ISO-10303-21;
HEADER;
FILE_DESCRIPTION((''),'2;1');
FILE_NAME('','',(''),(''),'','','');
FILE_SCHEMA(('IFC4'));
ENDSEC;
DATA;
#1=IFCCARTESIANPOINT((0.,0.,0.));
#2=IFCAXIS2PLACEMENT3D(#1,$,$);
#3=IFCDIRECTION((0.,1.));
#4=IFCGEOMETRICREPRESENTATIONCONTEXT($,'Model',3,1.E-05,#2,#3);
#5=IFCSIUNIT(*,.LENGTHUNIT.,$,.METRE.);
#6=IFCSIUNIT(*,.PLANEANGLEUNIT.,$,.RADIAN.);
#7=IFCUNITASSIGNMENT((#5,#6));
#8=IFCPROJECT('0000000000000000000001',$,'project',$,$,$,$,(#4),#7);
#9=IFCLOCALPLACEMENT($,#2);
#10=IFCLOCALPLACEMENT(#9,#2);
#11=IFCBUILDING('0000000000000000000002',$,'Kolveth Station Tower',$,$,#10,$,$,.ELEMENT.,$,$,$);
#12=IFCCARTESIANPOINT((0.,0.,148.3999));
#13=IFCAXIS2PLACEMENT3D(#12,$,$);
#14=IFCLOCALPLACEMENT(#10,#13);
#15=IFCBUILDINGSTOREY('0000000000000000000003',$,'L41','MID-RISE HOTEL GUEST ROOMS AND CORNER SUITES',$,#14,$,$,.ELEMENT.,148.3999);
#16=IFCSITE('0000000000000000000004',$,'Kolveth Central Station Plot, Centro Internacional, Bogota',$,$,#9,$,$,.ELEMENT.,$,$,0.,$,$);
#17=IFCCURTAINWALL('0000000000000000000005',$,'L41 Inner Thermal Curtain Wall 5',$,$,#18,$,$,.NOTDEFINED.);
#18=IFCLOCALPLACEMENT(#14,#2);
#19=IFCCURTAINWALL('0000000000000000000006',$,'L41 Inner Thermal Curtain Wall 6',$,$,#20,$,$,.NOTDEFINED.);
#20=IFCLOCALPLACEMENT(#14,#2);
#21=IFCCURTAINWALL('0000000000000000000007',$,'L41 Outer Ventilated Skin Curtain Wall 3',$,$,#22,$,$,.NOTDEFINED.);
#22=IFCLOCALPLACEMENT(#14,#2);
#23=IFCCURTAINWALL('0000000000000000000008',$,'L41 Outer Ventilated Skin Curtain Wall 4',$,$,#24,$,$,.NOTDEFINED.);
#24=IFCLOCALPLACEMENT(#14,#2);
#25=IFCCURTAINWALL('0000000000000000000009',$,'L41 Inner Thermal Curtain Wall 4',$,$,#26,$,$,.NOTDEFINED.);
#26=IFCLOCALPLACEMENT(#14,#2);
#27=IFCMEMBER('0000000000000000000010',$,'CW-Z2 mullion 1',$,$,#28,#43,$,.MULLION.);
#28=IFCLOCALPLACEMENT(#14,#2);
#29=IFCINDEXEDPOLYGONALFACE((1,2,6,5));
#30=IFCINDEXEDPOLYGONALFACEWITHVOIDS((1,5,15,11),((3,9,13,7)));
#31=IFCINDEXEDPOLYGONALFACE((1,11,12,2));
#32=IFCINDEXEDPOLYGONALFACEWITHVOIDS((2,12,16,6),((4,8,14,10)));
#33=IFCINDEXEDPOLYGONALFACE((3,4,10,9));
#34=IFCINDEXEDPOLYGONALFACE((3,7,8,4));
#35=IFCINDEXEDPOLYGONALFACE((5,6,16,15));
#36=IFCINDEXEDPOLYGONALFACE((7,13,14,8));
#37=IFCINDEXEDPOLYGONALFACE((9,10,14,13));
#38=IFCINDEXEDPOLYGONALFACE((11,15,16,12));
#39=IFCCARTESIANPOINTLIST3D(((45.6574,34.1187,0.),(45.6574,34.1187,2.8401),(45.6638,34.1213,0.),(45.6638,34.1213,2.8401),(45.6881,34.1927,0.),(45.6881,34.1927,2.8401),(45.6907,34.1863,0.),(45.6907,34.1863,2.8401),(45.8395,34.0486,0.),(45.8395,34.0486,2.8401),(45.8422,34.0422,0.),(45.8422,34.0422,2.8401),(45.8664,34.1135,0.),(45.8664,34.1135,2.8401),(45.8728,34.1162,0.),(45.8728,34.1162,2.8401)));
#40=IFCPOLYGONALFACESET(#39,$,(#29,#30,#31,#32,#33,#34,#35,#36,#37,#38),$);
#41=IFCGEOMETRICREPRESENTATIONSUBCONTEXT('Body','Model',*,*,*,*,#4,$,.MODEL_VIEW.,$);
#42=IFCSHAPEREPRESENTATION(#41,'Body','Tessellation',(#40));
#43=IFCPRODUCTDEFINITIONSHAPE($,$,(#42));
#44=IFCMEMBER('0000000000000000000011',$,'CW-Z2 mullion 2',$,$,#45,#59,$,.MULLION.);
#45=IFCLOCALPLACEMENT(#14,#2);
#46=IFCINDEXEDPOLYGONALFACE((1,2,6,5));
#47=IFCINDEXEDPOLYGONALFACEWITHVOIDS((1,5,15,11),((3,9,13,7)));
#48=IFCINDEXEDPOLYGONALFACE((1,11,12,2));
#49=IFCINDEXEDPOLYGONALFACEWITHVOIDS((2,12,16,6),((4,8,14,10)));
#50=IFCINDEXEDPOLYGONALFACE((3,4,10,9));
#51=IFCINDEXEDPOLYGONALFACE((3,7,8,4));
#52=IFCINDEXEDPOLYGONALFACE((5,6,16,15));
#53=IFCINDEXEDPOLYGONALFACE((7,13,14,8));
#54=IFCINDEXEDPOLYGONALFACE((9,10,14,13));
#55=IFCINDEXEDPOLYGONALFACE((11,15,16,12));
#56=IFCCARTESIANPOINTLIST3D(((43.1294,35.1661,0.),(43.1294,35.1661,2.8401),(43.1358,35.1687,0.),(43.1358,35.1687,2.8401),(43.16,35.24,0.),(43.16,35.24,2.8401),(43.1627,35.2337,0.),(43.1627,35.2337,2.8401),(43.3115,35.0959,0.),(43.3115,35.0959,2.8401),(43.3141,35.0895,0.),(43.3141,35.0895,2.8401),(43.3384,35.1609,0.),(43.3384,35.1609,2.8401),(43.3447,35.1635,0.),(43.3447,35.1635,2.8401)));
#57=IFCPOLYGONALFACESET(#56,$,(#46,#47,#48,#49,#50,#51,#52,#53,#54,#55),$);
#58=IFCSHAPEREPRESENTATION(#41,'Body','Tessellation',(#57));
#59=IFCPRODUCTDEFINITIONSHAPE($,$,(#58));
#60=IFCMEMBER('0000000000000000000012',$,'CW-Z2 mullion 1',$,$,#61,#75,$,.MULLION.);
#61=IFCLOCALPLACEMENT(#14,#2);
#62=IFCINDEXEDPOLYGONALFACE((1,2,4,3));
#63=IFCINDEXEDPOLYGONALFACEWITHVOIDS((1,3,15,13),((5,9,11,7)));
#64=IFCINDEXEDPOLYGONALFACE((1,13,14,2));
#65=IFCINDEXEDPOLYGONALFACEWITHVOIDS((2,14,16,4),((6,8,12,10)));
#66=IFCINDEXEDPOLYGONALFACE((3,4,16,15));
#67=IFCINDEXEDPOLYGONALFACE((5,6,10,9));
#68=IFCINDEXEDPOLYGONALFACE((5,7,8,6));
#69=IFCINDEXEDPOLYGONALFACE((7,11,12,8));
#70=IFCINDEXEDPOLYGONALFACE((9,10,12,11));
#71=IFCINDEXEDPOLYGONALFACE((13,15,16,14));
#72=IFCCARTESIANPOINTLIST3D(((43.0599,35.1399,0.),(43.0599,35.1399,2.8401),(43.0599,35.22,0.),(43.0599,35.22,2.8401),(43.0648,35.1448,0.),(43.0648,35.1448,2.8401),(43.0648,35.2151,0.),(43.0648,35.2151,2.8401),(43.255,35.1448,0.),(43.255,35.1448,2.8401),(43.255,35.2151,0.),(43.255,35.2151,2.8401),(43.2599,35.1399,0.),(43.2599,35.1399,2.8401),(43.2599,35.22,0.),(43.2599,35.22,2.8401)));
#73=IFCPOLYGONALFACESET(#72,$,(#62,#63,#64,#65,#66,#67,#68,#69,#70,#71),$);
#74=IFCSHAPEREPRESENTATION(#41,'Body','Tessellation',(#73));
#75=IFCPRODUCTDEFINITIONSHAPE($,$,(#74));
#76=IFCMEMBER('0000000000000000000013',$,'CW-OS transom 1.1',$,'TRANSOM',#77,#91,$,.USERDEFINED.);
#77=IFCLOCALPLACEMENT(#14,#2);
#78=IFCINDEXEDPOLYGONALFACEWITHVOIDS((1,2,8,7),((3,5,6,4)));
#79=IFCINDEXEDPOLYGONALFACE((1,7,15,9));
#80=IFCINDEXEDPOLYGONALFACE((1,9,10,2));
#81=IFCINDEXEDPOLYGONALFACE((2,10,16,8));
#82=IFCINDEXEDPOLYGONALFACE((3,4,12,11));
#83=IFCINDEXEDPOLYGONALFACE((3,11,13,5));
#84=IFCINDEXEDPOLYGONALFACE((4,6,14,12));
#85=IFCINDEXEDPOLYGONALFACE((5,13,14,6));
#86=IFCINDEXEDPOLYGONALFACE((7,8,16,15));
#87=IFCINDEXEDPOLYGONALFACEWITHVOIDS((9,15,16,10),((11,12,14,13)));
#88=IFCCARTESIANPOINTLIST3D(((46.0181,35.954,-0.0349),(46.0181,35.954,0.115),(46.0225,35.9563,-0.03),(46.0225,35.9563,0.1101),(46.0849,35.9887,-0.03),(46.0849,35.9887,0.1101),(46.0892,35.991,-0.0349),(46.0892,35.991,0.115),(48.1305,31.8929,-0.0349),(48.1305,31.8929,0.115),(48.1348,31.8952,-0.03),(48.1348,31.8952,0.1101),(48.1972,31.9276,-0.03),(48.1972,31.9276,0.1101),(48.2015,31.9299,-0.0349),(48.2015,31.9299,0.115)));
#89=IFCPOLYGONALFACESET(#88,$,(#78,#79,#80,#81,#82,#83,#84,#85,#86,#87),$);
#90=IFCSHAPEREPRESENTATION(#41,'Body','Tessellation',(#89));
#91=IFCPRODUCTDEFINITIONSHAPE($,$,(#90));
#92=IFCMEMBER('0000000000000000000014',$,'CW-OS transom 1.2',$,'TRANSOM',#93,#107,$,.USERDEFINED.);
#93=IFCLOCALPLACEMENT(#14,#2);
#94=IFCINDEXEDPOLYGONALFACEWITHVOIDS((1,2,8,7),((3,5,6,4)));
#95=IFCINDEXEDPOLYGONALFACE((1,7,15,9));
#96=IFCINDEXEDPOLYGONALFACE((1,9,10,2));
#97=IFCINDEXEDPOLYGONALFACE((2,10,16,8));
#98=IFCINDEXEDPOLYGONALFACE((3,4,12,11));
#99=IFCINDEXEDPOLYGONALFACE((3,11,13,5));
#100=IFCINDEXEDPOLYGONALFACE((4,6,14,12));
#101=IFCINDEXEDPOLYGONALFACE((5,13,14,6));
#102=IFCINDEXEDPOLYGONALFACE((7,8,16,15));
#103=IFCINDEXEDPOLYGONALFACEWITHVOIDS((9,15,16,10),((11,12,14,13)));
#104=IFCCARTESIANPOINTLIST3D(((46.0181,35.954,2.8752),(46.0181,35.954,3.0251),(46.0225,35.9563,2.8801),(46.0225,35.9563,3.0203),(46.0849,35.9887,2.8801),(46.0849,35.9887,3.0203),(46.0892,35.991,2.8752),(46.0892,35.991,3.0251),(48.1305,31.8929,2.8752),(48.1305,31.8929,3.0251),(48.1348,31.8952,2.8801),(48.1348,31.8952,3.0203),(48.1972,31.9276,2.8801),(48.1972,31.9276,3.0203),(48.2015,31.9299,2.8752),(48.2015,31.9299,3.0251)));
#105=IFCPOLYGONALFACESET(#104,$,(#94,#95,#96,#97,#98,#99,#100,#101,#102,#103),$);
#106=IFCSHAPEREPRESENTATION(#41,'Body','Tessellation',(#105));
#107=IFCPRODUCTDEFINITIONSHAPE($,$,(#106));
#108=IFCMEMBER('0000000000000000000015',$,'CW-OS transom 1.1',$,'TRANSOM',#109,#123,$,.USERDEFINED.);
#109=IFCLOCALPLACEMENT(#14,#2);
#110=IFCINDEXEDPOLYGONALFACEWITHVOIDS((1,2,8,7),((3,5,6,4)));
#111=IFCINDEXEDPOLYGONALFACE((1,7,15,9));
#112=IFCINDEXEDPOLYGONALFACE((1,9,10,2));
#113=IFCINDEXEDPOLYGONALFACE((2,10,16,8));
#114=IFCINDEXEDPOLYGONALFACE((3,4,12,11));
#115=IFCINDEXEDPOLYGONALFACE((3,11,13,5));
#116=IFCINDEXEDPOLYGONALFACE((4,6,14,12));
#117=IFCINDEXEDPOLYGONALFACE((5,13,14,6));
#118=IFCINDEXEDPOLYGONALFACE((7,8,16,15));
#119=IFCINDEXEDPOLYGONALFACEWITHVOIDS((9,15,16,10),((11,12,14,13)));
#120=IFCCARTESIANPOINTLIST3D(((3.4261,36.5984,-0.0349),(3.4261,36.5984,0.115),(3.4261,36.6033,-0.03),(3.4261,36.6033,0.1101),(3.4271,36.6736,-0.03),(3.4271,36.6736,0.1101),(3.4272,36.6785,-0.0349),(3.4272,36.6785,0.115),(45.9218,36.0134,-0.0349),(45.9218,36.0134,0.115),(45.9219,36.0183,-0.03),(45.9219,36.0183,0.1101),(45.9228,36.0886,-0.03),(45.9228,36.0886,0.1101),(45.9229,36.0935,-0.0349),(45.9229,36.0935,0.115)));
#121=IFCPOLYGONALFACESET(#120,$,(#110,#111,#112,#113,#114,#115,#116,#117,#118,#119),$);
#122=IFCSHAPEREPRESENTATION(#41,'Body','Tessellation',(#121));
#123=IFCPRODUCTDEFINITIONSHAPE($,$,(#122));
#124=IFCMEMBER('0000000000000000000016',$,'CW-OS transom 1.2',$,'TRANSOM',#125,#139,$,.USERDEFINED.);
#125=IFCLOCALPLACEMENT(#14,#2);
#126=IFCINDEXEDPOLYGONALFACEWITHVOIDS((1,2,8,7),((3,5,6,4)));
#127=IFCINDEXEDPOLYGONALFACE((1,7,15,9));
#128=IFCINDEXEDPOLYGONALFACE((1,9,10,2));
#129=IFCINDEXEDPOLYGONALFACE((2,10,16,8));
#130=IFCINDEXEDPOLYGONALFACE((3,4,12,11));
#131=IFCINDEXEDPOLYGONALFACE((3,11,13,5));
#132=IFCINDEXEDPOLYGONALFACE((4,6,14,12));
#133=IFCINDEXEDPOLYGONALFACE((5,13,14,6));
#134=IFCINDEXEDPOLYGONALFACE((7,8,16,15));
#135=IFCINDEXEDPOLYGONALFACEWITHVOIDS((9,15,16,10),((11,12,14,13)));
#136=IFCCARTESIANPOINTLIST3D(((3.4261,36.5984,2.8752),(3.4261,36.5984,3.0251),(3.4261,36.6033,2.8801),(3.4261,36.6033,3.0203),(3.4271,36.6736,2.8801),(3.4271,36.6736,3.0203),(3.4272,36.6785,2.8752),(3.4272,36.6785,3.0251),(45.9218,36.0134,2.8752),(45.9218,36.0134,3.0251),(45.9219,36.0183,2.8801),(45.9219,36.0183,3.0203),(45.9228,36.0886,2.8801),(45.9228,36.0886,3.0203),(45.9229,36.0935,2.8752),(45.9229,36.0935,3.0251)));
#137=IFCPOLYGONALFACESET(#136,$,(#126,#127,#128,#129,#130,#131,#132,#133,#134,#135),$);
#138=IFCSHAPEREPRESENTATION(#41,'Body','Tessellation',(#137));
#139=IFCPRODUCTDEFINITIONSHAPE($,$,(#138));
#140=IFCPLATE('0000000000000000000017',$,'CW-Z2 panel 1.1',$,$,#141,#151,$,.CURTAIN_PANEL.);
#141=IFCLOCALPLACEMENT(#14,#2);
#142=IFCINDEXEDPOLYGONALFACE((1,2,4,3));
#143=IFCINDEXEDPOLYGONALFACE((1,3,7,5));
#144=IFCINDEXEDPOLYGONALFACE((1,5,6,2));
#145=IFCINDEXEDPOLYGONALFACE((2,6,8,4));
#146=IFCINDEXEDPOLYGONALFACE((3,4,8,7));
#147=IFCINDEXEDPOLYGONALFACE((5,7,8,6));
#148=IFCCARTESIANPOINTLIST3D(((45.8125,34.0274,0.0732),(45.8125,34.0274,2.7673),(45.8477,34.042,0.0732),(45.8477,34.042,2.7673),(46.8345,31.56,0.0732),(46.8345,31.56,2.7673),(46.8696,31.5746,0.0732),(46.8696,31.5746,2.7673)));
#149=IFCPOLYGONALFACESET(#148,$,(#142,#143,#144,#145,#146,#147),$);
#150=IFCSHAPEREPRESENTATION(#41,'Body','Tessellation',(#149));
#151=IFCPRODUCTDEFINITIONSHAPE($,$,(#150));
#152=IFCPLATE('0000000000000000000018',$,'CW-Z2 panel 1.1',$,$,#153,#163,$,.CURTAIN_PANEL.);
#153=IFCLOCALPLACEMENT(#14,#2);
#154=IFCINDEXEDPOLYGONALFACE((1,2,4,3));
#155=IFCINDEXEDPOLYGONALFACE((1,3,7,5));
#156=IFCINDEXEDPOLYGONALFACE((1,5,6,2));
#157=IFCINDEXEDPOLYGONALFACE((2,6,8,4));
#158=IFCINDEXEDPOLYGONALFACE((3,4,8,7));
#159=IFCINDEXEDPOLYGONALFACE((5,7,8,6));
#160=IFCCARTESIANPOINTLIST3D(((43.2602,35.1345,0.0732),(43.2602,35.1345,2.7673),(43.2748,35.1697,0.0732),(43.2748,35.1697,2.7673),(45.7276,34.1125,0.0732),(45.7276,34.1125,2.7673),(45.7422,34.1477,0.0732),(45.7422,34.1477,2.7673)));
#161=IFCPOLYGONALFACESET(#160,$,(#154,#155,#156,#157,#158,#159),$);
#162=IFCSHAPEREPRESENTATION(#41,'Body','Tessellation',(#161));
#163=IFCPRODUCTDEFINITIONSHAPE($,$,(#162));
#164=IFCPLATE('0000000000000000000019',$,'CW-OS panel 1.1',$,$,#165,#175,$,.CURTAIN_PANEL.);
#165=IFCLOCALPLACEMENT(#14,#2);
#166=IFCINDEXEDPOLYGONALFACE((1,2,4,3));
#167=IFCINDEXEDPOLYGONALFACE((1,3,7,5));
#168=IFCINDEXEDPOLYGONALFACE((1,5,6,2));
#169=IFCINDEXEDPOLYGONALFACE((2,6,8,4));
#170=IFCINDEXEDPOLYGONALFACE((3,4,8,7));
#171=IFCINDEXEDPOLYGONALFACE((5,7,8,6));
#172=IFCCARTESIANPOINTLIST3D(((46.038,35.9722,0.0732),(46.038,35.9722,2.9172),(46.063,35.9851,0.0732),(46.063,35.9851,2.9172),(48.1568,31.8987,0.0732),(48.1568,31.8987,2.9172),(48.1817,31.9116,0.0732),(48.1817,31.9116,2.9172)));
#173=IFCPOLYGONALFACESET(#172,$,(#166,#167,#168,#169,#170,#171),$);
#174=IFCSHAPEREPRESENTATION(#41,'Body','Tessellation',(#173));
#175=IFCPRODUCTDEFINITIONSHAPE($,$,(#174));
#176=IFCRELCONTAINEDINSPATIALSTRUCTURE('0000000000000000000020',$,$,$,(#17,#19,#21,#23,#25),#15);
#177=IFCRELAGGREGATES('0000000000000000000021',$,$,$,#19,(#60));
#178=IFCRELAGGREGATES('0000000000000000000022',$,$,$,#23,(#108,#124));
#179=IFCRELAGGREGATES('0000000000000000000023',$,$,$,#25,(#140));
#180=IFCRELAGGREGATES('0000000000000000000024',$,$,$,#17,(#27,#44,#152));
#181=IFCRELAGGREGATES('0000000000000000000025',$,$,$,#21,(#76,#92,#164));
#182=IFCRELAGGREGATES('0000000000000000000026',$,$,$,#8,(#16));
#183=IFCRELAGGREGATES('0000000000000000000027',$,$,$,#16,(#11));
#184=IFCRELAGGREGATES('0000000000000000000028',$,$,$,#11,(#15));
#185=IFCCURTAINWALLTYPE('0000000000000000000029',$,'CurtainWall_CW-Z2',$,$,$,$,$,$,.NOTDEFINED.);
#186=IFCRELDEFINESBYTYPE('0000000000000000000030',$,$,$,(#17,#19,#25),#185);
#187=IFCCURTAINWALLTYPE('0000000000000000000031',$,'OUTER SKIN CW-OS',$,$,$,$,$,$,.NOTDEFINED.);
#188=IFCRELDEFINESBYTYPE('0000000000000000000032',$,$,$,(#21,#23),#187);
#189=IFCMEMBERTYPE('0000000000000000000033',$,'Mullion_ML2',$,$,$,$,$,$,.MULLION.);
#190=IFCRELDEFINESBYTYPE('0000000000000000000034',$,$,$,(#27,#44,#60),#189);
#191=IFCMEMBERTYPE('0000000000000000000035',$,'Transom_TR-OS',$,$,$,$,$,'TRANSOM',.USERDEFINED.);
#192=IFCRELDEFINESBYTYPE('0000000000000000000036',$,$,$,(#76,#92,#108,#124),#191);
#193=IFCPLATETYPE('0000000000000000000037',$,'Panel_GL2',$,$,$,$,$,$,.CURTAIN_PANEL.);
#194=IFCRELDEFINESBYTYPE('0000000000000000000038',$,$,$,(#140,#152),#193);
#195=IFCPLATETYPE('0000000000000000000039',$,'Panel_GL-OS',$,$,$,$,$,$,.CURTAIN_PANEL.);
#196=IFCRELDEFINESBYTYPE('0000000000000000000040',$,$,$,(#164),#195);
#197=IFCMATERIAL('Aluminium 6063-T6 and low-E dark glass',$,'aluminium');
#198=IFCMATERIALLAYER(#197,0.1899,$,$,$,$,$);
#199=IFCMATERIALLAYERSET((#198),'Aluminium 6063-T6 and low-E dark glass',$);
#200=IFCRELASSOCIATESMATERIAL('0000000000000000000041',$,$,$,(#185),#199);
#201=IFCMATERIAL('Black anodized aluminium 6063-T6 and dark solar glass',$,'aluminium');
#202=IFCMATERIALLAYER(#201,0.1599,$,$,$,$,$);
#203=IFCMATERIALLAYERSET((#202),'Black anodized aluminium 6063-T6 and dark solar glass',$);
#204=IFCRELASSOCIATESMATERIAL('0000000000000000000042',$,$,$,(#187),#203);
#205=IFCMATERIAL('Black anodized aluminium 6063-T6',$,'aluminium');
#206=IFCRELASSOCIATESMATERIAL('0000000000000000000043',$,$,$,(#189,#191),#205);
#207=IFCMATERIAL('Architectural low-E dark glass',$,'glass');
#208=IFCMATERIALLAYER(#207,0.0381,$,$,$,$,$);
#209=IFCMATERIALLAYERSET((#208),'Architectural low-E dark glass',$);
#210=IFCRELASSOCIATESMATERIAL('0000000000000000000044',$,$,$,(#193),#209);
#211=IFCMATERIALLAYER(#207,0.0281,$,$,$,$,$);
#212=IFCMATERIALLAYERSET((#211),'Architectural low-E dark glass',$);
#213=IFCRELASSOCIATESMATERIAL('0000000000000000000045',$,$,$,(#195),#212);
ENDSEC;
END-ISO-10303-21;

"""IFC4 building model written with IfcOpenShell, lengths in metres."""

from ifc_helpers import new_model, si_unit, direction, frame, origin, origin_2d, place, context, subcontext, project, spatial, rectangle, hollow_rectangle, extrude, source, transform, mapped, material, layer, layer_set, material_profile, profile_set, type_object, element, aggregate, save


model = new_model("IFC4")

# Units and contexts
model_context = context("Model", 3, precision=1e-05, world=origin(), true_north=direction((0.0, 1.0)))
body_context = subcontext(model_context, "Body", "Model", "MODEL_VIEW")
ifc_project = project(units=[si_unit("LENGTHUNIT", "METRE"), si_unit("PLANEANGLEUNIT", "RADIAN")], contexts=[model_context])

# Site, building, storey
site_placement = place(None, origin())
site = spatial("IfcSite", under=ifc_project, at=site_placement, Name="Kolveth Central Station Plot, Centro Internacional, Bogota", CompositionType="ELEMENT", RefElevation=0.0)
building_placement = place(site_placement, origin())
building = spatial("IfcBuilding", under=site, at=building_placement, Name="Kolveth Station Tower", CompositionType="ELEMENT")
storey_placement = place(building_placement, frame((0.0, 0.0, 148.3999)))
storey = spatial("IfcBuildingStorey", under=building, at=storey_placement, Name="L41", Description="MID-RISE HOTEL GUEST ROOMS AND CORNER SUITES", CompositionType="ELEMENT", Elevation=148.3999)

# Curtain walls
ifc_material_1 = material(Name="Aluminium 6063-T6 and low-E dark glass", Category="aluminium")
ifc_layer_1 = layer(ifc_material_1, 0.1899)
ifc_layer_set_1 = layer_set([ifc_layer_1], Name="Aluminium 6063-T6 and low-E dark glass")
curtain_wall_type_1 = type_object("IfcCurtainWallType", Name="CurtainWall_CW-Z2", PredefinedType="NOTDEFINED", material=ifc_layer_set_1)
curtain_wall_1_placement = place(storey_placement, origin())
curtain_wall_1 = element("IfcCurtainWall", 1, at=curtain_wall_1_placement, inside=storey, type_object=curtain_wall_type_1, Name="L41 Inner Thermal Curtain Wall 5", PredefinedType="NOTDEFINED")
ifc_material_2 = material(Name="Black anodized aluminium 6063-T6", Category="aluminium")
curtain_wall_2_placement = place(storey_placement, origin())
curtain_wall_2 = element("IfcCurtainWall", 2, at=curtain_wall_2_placement, inside=storey, type_object=curtain_wall_type_1, Name="L41 Inner Thermal Curtain Wall 6", PredefinedType="NOTDEFINED")

# Shared definitions
ifc_material_3 = material(Name="Black anodized aluminium 6063-T6 and dark solar glass", Category="aluminium")
ifc_layer_2 = layer(ifc_material_3, 0.1599)
ifc_layer_set_2 = layer_set([ifc_layer_2], Name="Black anodized aluminium 6063-T6 and dark solar glass")
curtain_wall_type_2 = type_object("IfcCurtainWallType", Name="OUTER SKIN CW-OS", PredefinedType="NOTDEFINED", material=ifc_layer_set_2)

# Curtain wall
curtain_wall_3_placement = place(storey_placement, origin())
curtain_wall_3 = element("IfcCurtainWall", 3, at=curtain_wall_3_placement, inside=storey, type_object=curtain_wall_type_2, Name="L41 Outer Ventilated Skin Curtain Wall 3", PredefinedType="NOTDEFINED")

# Curtain walls
curtain_wall_4_placement = place(storey_placement, origin())
curtain_wall_4 = element("IfcCurtainWall", 4, at=curtain_wall_4_placement, inside=storey, type_object=curtain_wall_type_2, Name="L41 Outer Ventilated Skin Curtain Wall 4", PredefinedType="NOTDEFINED")
curtain_wall_5_placement = place(storey_placement, origin())
curtain_wall_5 = element("IfcCurtainWall", 5, at=curtain_wall_5_placement, inside=storey, type_object=curtain_wall_type_1, Name="L41 Inner Thermal Curtain Wall 4", PredefinedType="NOTDEFINED")
ifc_material_profile_1 = material_profile(ifc_material_2, hollow_rectangle(XDim=0.0801, YDim=0.2, WallThickness=0.0049, at=origin_2d()), Name="ALU-80x200x5")
ifc_profile_set_1 = profile_set([ifc_material_profile_1], Name="Black anodized aluminium 6063-T6")
member_type_1 = type_object("IfcMemberType", Name="Mullion_ML2", PredefinedType="MULLION", material=ifc_profile_set_1)
shared_shape_1 = source(origin(), body_context, "Body", "SweptSolid", [
    extrude(hollow_rectangle(XDim=0.0801, YDim=0.2, WallThickness=0.0049, at=origin_2d()), origin(), (0.0, 0.0, 1.0), 2.8401),
])

# Members
member_1_placement = place(storey_placement, frame((45.7651, 34.1174, 0.0), z_axis=(0.0, 0.0, 1.0), x_axis=(-0.382663, -0.923888, 0.0)))
member_1 = element("IfcMember", 6, at=member_1_placement, type_object=member_type_1, Name="CW-Z2 mullion 1", PredefinedType="MULLION", context=body_context, shape_type="MappedRepresentation", body=[
    mapped(shared_shape_1, transform((0.0, 0.0, 0.0), x_axis=(1.0, 0.0, 0.0), y_axis=(0.0, 1.0, 0.0), z_axis=(0.0, 0.0, 1.0), scale=1.0)),
])
member_2_placement = place(storey_placement, frame((43.2371, 35.1648, 0.0), z_axis=(0.0, 0.0, 1.0), x_axis=(-0.382663, -0.923888, 0.0)))
member_2 = element("IfcMember", 7, at=member_2_placement, type_object=member_type_1, Name="CW-Z2 mullion 2", PredefinedType="MULLION", context=body_context, shape_type="MappedRepresentation", body=[
    mapped(shared_shape_1, transform((0.0, 0.0, 0.0), x_axis=(1.0, 0.0, 0.0), y_axis=(0.0, 1.0, 0.0), z_axis=(0.0, 0.0, 1.0), scale=1.0)),
])
member_3_placement = place(storey_placement, frame((43.1599, 35.1799, 0.0), z_axis=(0.0, 0.0, 1.0), x_axis=(0.0, -1.0, 0.0)))
member_3 = element("IfcMember", 8, at=member_3_placement, type_object=member_type_1, Name="CW-Z2 mullion 1", PredefinedType="MULLION", context=body_context, shape_type="MappedRepresentation", body=[
    mapped(shared_shape_1, transform((0.0, 0.0, 0.0), x_axis=(1.0, 0.0, 0.0), y_axis=(0.0, 1.0, 0.0), z_axis=(0.0, 0.0, 1.0), scale=1.0)),
])
aggregate(curtain_wall_2, [member_3])
ifc_material_profile_2 = material_profile(ifc_material_2, hollow_rectangle(XDim=0.0801, YDim=0.1499, WallThickness=0.0049, at=origin_2d()), Name="ALU-80x150x5")
ifc_profile_set_2 = profile_set([ifc_material_profile_2], Name="Black anodized aluminium 6063-T6")
member_type_2 = type_object("IfcMemberType", Name="Transom_TR-OS", ElementType="TRANSOM", PredefinedType="USERDEFINED", material=ifc_profile_set_2)
shared_shape_2 = source(origin(), body_context, "Body", "SweptSolid", [
    extrude(hollow_rectangle(XDim=0.0801, YDim=0.1499, WallThickness=0.0049, at=origin_2d()), origin(), (0.0, 0.0, 1.0), 4.5776),
])
member_4_placement = place(storey_placement, frame((48.166, 31.9114, 0.04), z_axis=(-0.46145, 0.887166, 0.0), x_axis=(-0.887166, -0.46145, 0.0)))
member_4 = element("IfcMember", 9, at=member_4_placement, type_object=member_type_2, Name="CW-OS transom 1.1", ObjectType="TRANSOM", PredefinedType="USERDEFINED", context=body_context, shape_type="MappedRepresentation", body=[
    mapped(shared_shape_2, transform((0.0, 0.0, 0.0), x_axis=(1.0, 0.0, 0.0), y_axis=(0.0, 1.0, 0.0), z_axis=(0.0, 0.0, 1.0), scale=1.0)),
])
member_5_placement = place(storey_placement, frame((48.166, 31.9114, 2.9502), z_axis=(-0.46145, 0.887166, 0.0), x_axis=(-0.887166, -0.46145, 0.0)))
member_5 = element("IfcMember", 10, at=member_5_placement, type_object=member_type_2, Name="CW-OS transom 1.2", ObjectType="TRANSOM", PredefinedType="USERDEFINED", context=body_context, shape_type="MappedRepresentation", body=[
    mapped(shared_shape_2, transform((0.0, 0.0, 0.0), x_axis=(1.0, 0.0, 0.0), y_axis=(0.0, 1.0, 0.0), z_axis=(0.0, 0.0, 1.0), scale=1.0)),
])
shared_shape_3 = source(origin(), body_context, "Body", "SweptSolid", [
    extrude(hollow_rectangle(XDim=0.0801, YDim=0.1499, WallThickness=0.0049, at=origin_2d()), origin(), (0.0, 0.0, 1.0), 42.4998),
])
member_6_placement = place(storey_placement, frame((45.9224, 36.0535, 0.04), z_axis=(-0.999905, 0.013764, 0.0), x_axis=(-0.013764, -0.999905, 0.0)))
member_6 = element("IfcMember", 11, at=member_6_placement, type_object=member_type_2, Name="CW-OS transom 1.1", ObjectType="TRANSOM", PredefinedType="USERDEFINED", context=body_context, shape_type="MappedRepresentation", body=[
    mapped(shared_shape_3, transform((0.0, 0.0, 0.0), x_axis=(1.0, 0.0, 0.0), y_axis=(0.0, 1.0, 0.0), z_axis=(0.0, 0.0, 1.0), scale=1.0)),
])
member_7_placement = place(storey_placement, frame((45.9224, 36.0535, 2.9502), z_axis=(-0.999905, 0.013764, 0.0), x_axis=(-0.013764, -0.999905, 0.0)))
member_7 = element("IfcMember", 12, at=member_7_placement, type_object=member_type_2, Name="CW-OS transom 1.2", ObjectType="TRANSOM", PredefinedType="USERDEFINED", context=body_context, shape_type="MappedRepresentation", body=[
    mapped(shared_shape_3, transform((0.0, 0.0, 0.0), x_axis=(1.0, 0.0, 0.0), y_axis=(0.0, 1.0, 0.0), z_axis=(0.0, 0.0, 1.0), scale=1.0)),
])
aggregate(curtain_wall_4, [member_6, member_7])

# Plates
ifc_material_4 = material(Name="Architectural low-E dark glass", Category="glass")
ifc_layer_3 = layer(ifc_material_4, 0.0381)
ifc_layer_set_3 = layer_set([ifc_layer_3], Name="Architectural low-E dark glass")
plate_type_1 = type_object("IfcPlateType", Name="Panel_GL2", PredefinedType="CURTAIN_PANEL", material=ifc_layer_set_3)
shared_shape_4 = source(origin(), body_context, "Body", "SweptSolid", [
    extrude(rectangle(XDim=2.6707, YDim=0.0381, at=origin_2d()), origin(), (0.0, 0.0, 1.0), 2.6941),
])
plate_1_placement = place(storey_placement, frame((46.3411, 32.801, 0.0732), z_axis=(0.0, 0.0, 1.0), x_axis=(-0.382663, 0.923888, 0.0)))
plate_1 = element("IfcPlate", 13, at=plate_1_placement, type_object=plate_type_1, Name="CW-Z2 panel 1.1", PredefinedType="CURTAIN_PANEL", context=body_context, shape_type="MappedRepresentation", body=[
    mapped(shared_shape_4, transform((0.0, 0.0, 0.0), x_axis=(1.0, 0.0, 0.0), y_axis=(0.0, 1.0, 0.0), z_axis=(0.0, 0.0, 1.0), scale=1.0)),
])
aggregate(curtain_wall_5, [plate_1])
plate_2_placement = place(storey_placement, frame((44.5012, 34.6411, 0.0732), z_axis=(0.0, 0.0, 1.0), x_axis=(-0.923888, 0.382663, 0.0)))
plate_2 = element("IfcPlate", 14, at=plate_2_placement, type_object=plate_type_1, Name="CW-Z2 panel 1.1", PredefinedType="CURTAIN_PANEL", context=body_context, shape_type="MappedRepresentation", body=[
    mapped(shared_shape_4, transform((0.0, 0.0, 0.0), x_axis=(1.0, 0.0, 0.0), y_axis=(0.0, 1.0, 0.0), z_axis=(0.0, 0.0, 1.0), scale=1.0)),
])
aggregate(curtain_wall_1, [member_1, member_2, plate_2])
ifc_layer_4 = layer(ifc_material_4, 0.0281)
ifc_layer_set_4 = layer_set([ifc_layer_4], Name="Architectural low-E dark glass")
plate_type_2 = type_object("IfcPlateType", Name="Panel_GL-OS", PredefinedType="CURTAIN_PANEL", material=ifc_layer_set_4)
shared_shape_5 = source(origin(), body_context, "Body", "SweptSolid", [
    extrude(rectangle(XDim=4.5916, YDim=0.0281, at=origin_2d()), origin(), (0.0, 0.0, 1.0), 2.844),
])
plate_3_placement = place(storey_placement, frame((47.1099, 33.9419, 0.0732), z_axis=(0.0, 0.0, 1.0), x_axis=(-0.461441, 0.887171, 0.0)))
plate_3 = element("IfcPlate", 15, at=plate_3_placement, type_object=plate_type_2, Name="CW-OS panel 1.1", PredefinedType="CURTAIN_PANEL", context=body_context, shape_type="MappedRepresentation", body=[
    mapped(shared_shape_5, transform((0.0, 0.0, 0.0), x_axis=(1.0, 0.0, 0.0), y_axis=(0.0, 1.0, 0.0), z_axis=(0.0, 0.0, 1.0), scale=1.0)),
])
aggregate(curtain_wall_3, [member_4, member_5, plate_3])

save(model, "model.ifc")
